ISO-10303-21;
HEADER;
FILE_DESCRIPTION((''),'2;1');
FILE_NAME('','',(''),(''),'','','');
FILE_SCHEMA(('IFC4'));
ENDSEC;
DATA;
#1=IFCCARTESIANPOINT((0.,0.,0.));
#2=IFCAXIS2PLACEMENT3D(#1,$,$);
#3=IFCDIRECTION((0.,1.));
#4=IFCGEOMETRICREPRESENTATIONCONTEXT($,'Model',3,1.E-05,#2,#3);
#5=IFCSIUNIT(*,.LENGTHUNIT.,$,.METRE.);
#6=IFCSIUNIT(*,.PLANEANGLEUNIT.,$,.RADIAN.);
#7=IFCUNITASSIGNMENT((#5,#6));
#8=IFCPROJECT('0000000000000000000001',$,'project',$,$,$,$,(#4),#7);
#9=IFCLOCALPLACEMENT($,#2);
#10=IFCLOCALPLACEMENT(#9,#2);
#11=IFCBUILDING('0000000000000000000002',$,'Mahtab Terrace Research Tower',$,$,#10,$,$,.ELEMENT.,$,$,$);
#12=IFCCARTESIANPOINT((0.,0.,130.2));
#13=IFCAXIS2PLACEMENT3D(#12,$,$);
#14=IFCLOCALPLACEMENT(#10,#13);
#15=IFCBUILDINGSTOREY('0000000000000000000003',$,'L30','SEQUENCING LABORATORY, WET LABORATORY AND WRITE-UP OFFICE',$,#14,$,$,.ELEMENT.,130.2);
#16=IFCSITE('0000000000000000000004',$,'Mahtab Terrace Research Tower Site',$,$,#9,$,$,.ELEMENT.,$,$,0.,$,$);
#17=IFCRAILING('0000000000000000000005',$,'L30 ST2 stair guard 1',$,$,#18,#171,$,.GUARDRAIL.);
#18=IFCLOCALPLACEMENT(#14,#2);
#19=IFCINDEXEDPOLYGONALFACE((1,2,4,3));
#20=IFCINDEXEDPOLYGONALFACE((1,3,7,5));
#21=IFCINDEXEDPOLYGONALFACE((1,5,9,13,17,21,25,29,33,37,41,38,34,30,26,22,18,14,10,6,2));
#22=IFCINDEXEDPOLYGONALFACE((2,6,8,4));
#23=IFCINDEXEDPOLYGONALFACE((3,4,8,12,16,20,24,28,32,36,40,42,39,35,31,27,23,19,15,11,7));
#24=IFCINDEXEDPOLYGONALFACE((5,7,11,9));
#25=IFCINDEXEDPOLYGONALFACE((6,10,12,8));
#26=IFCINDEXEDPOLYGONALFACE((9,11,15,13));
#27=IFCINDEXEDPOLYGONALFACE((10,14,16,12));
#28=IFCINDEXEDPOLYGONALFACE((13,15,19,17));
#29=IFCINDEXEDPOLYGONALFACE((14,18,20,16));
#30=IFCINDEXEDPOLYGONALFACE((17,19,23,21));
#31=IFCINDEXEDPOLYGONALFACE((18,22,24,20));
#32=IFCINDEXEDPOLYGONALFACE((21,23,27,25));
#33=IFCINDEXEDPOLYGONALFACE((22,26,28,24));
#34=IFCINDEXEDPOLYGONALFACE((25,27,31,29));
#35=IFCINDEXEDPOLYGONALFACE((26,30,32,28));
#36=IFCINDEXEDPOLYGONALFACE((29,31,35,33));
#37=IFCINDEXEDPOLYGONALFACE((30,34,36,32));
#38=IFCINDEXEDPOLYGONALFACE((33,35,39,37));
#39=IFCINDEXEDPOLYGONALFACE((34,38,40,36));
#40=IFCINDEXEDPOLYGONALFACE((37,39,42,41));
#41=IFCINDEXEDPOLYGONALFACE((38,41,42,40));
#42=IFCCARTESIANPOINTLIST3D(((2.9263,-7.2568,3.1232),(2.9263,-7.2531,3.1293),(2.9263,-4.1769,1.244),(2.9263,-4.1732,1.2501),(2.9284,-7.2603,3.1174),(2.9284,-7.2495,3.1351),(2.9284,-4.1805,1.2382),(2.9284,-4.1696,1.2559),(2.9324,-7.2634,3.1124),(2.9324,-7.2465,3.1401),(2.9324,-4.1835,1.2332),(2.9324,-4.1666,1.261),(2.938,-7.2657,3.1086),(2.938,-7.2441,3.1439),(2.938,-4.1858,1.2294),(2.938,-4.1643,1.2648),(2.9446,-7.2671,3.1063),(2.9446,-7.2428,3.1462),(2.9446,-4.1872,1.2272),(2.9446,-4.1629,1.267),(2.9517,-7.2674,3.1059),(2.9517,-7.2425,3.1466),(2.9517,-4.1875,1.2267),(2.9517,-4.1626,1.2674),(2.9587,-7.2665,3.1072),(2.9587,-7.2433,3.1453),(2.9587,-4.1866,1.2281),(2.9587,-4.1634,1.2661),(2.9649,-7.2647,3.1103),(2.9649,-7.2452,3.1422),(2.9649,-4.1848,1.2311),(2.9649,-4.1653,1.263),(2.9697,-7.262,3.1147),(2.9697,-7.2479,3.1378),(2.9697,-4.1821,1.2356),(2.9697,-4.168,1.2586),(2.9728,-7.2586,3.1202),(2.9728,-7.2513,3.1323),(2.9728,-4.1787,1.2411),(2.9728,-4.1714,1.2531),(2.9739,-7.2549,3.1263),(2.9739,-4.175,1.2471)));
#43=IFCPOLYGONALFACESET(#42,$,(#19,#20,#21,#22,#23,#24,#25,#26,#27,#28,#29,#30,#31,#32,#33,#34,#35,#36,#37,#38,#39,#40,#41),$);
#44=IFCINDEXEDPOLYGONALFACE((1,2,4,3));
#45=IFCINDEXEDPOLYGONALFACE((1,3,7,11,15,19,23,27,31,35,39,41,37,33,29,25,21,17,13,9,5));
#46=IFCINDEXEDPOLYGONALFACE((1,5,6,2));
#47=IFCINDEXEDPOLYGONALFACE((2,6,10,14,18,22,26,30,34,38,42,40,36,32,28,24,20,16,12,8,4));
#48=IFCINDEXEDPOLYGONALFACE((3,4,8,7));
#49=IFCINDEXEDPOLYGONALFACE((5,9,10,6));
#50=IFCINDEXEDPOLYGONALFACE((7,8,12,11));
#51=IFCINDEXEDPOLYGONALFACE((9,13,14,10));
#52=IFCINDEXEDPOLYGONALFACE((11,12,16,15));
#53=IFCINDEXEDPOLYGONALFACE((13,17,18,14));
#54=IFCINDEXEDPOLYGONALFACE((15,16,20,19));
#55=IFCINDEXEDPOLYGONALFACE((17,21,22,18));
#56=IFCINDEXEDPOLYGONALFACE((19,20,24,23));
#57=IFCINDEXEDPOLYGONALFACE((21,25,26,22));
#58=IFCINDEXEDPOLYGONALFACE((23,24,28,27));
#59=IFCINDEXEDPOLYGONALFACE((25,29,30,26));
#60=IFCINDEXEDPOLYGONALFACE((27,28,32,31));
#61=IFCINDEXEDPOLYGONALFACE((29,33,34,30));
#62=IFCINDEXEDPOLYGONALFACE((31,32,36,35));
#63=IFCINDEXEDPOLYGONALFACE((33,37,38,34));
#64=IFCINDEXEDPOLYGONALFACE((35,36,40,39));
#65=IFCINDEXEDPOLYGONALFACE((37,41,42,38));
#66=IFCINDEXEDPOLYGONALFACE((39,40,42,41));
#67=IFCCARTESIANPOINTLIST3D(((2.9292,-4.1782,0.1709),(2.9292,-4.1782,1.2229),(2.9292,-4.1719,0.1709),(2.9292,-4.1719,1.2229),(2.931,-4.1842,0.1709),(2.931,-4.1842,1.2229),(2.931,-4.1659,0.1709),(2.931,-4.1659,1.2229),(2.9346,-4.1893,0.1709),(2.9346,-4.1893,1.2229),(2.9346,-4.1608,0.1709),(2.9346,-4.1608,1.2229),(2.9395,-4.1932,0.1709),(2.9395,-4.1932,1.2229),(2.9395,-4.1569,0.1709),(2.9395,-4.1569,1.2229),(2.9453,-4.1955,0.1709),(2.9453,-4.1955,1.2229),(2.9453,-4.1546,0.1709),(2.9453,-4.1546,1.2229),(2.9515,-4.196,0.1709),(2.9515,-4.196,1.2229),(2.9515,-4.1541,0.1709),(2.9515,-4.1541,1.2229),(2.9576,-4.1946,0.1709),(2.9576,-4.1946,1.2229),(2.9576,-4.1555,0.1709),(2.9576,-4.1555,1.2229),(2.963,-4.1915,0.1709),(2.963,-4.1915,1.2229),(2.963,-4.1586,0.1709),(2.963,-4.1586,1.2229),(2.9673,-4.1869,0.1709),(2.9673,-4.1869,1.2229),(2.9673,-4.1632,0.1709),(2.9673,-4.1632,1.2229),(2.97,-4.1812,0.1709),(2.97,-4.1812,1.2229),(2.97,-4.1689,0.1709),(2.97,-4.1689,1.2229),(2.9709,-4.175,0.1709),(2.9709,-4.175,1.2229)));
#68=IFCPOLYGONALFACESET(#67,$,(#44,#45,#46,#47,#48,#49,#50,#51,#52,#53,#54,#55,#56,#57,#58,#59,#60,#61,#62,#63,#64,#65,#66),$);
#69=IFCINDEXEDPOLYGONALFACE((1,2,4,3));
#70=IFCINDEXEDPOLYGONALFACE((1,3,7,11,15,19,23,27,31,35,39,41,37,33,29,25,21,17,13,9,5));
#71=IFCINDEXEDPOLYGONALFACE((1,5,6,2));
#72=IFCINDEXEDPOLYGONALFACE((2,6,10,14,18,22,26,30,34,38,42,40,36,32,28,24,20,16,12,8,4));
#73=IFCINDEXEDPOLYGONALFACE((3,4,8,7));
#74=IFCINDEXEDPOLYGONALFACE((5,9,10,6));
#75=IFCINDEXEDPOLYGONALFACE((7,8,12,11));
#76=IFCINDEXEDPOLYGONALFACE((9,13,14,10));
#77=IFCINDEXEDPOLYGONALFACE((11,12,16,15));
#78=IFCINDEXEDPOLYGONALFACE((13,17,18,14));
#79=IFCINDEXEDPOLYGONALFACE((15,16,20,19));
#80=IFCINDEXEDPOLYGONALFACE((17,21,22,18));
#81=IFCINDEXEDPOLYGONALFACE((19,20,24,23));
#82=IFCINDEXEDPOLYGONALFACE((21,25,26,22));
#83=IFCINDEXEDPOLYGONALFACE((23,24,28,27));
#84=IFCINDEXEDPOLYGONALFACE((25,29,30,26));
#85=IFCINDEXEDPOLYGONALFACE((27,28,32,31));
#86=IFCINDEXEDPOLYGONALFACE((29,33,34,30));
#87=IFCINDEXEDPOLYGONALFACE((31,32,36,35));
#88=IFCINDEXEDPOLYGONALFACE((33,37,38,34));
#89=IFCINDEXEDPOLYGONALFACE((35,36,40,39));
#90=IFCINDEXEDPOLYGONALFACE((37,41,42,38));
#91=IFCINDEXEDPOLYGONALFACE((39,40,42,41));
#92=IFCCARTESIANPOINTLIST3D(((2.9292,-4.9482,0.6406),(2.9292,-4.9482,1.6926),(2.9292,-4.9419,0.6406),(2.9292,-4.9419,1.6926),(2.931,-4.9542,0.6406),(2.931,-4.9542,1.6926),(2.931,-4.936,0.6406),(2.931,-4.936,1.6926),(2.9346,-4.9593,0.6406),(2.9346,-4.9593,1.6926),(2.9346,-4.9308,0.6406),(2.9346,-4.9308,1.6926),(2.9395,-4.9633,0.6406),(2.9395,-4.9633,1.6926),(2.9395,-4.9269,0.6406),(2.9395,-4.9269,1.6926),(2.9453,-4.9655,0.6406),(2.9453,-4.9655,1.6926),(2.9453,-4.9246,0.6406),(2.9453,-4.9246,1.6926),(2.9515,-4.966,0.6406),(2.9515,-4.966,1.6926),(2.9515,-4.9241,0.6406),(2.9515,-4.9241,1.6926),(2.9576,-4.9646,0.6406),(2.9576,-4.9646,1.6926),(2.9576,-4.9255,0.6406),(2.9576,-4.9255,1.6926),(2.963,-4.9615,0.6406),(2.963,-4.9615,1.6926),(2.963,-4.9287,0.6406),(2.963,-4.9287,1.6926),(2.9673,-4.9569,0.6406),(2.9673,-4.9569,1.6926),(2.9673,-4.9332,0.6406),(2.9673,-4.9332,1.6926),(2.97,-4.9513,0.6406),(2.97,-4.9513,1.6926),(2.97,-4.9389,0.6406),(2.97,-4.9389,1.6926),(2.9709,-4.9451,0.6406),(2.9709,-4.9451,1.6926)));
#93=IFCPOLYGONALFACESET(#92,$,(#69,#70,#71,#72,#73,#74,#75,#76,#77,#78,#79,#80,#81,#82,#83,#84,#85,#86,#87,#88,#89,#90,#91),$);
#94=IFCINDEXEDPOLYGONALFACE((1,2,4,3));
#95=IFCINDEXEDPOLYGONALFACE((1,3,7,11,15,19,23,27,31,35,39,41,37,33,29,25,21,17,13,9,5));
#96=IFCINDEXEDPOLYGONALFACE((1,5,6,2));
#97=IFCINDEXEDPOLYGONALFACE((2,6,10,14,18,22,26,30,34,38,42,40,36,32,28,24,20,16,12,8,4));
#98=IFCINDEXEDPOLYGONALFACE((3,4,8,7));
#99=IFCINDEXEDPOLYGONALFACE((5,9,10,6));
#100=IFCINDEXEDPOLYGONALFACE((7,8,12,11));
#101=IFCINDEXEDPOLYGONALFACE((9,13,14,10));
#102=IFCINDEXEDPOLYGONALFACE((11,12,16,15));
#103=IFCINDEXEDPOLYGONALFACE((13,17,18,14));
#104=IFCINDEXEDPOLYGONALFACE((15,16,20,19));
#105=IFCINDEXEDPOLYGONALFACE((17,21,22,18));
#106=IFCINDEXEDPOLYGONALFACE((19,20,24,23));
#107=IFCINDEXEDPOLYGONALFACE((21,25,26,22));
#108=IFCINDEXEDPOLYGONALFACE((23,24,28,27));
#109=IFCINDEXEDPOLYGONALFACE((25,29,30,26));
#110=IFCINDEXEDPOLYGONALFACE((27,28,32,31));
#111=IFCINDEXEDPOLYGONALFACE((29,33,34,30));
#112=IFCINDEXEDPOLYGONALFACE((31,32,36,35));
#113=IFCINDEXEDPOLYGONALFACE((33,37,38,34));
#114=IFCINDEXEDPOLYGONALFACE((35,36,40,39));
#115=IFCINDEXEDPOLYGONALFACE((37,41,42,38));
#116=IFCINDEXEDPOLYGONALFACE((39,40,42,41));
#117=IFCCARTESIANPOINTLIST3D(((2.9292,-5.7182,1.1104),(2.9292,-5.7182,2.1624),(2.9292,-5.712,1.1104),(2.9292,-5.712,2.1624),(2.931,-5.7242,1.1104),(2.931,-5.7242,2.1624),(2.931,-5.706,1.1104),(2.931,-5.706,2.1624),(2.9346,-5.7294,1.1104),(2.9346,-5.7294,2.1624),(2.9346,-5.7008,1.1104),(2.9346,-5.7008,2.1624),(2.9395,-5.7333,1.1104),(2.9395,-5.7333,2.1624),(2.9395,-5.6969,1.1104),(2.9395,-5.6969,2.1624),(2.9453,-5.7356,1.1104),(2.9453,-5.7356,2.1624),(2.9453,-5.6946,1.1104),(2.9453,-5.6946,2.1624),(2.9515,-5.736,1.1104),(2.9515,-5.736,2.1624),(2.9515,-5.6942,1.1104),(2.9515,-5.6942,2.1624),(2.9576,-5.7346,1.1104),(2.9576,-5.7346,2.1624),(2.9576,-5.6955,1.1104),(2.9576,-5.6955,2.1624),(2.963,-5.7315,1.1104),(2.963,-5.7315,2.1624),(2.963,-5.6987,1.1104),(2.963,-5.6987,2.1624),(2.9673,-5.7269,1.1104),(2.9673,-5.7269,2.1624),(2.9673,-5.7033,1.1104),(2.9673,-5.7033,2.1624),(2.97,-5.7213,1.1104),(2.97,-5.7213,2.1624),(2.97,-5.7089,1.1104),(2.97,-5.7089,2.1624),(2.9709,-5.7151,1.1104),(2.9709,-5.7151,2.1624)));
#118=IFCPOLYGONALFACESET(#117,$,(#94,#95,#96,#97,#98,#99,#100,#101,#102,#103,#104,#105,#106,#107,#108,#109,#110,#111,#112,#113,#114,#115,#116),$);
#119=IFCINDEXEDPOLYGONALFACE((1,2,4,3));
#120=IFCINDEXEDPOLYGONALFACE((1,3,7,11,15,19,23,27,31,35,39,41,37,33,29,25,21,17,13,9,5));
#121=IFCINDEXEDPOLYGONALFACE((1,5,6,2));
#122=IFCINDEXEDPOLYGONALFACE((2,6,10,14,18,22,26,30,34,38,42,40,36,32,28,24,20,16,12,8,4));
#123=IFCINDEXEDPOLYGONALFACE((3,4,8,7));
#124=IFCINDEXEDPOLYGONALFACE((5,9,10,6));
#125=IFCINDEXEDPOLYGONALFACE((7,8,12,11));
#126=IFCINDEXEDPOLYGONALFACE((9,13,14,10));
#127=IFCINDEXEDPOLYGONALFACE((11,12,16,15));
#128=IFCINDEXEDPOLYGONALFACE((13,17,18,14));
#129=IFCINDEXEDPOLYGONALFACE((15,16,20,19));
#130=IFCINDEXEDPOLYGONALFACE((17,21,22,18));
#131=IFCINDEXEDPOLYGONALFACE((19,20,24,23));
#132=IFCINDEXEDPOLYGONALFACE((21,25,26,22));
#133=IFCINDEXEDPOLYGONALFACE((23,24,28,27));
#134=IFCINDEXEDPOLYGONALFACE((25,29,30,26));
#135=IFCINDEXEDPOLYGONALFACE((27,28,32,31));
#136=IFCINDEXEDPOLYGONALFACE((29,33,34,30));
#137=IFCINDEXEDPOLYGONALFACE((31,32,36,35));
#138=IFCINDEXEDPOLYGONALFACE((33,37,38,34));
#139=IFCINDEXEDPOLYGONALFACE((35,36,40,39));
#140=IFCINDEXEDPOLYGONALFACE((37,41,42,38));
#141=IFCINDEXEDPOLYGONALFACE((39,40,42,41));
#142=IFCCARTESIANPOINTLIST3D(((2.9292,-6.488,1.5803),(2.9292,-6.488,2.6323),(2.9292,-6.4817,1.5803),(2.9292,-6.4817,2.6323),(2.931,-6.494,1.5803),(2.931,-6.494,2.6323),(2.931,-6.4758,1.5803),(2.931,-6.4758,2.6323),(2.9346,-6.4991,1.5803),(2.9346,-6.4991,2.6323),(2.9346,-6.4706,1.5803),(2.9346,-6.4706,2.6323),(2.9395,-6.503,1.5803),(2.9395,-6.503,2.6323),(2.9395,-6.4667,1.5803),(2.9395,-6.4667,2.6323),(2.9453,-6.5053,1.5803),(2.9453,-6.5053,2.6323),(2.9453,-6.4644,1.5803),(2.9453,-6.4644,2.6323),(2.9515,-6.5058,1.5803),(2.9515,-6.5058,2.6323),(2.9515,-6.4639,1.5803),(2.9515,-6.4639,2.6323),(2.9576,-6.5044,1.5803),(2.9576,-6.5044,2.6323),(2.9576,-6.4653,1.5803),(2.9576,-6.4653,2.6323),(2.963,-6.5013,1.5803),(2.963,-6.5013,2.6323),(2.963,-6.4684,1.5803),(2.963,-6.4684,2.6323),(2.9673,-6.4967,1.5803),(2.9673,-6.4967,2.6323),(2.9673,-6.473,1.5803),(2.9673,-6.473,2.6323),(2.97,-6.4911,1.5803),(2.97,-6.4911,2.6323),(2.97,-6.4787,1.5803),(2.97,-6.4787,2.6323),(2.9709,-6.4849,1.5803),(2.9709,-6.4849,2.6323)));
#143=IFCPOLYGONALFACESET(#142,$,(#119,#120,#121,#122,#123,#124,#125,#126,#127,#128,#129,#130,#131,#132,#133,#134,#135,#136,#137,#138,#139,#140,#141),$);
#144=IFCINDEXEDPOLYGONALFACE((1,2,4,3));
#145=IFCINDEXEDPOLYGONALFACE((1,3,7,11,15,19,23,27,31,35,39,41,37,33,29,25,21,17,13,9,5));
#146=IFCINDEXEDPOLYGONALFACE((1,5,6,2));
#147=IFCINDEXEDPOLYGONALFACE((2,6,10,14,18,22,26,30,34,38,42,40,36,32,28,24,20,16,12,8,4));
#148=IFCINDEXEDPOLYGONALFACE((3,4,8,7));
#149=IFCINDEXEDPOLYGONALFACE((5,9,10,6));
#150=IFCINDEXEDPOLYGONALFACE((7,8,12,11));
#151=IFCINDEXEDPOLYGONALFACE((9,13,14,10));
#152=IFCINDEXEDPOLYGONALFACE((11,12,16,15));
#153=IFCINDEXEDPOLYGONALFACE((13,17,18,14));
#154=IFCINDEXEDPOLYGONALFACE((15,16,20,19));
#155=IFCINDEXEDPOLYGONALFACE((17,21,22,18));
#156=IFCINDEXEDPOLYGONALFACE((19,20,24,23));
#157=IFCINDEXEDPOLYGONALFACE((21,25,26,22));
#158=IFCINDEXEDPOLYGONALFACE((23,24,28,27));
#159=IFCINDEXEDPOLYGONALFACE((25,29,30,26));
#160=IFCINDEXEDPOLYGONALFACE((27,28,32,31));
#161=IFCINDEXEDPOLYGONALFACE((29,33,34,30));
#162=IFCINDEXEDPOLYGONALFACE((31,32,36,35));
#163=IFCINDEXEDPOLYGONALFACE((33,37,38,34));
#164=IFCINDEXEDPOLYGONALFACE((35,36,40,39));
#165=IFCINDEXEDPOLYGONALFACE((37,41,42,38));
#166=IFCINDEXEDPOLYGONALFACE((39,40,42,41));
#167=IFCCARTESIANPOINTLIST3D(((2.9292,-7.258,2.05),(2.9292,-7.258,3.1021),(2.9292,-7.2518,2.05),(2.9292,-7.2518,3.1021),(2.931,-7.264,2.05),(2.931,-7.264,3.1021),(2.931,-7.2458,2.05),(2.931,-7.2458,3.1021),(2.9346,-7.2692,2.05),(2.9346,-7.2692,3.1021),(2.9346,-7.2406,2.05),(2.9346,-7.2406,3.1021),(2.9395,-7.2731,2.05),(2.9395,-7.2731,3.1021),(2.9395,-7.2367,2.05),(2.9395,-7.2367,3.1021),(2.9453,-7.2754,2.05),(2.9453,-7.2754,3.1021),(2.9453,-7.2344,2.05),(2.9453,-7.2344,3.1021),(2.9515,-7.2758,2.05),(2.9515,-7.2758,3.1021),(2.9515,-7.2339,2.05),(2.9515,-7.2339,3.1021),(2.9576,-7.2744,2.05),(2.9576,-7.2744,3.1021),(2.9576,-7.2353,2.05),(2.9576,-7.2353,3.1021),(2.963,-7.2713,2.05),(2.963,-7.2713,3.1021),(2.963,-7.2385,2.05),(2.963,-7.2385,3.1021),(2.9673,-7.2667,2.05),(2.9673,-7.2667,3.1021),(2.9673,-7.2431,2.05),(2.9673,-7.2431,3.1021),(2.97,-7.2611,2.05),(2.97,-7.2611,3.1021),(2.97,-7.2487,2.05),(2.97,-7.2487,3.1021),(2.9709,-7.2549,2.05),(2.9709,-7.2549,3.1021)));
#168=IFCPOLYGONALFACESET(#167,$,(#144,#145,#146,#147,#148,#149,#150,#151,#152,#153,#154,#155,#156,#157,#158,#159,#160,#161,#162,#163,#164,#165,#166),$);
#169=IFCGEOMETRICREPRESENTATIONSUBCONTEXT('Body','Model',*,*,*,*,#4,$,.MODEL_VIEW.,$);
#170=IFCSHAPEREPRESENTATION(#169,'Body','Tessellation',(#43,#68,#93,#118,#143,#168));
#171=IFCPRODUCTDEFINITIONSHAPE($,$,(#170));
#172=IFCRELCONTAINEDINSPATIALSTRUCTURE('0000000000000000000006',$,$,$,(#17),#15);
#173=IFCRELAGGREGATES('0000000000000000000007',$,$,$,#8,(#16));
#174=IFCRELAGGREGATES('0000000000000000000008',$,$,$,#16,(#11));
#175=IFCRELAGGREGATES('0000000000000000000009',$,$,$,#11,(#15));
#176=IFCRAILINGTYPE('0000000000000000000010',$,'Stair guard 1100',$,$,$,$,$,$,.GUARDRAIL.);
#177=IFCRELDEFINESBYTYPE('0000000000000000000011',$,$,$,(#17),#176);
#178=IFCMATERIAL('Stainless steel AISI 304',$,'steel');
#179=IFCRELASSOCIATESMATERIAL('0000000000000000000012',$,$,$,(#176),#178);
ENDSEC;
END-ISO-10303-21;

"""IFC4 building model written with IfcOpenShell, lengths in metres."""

from ifc_helpers import new_model, si_unit, direction, frame, origin, origin_2d, place, context, subcontext, project, spatial, circle, extrude, material, type_object, element, save


model = new_model("IFC4")

# Units and contexts
model_context = context("Model", 3, precision=1e-05, world=origin(), true_north=direction((0.0, 1.0)))
body_context = subcontext(model_context, "Body", "Model", "MODEL_VIEW")
ifc_project = project(units=[si_unit("LENGTHUNIT", "METRE"), si_unit("PLANEANGLEUNIT", "RADIAN")], contexts=[model_context])

# Site, building, storey
site_placement = place(None, origin())
site = spatial("IfcSite", under=ifc_project, at=site_placement, Name="Mahtab Terrace Research Tower Site", CompositionType="ELEMENT", RefElevation=0.0)
building_placement = place(site_placement, origin())
building = spatial("IfcBuilding", under=site, at=building_placement, Name="Mahtab Terrace Research Tower", CompositionType="ELEMENT")
storey_placement = place(building_placement, frame((0.0, 0.0, 130.2)))
storey = spatial("IfcBuildingStorey", under=building, at=storey_placement, Name="L30", Description="SEQUENCING LABORATORY, WET LABORATORY AND WRITE-UP OFFICE", CompositionType="ELEMENT", Elevation=130.2)

# Railing
ifc_material_1 = material(Name="Stainless steel AISI 304", Category="steel")
railing_type_1 = type_object("IfcRailingType", Name="Stair guard 1100", PredefinedType="GUARDRAIL", material=ifc_material_1)
railing_1_placement = place(storey_placement, frame((2.95, -4.175, 0.1709)))
element("IfcRailing", 1, at=railing_1_placement, inside=storey, type_object=railing_type_1, Name="L30 ST2 stair guard 1", PredefinedType="GUARDRAIL", context=body_context, shape_type="SweptSolid", body=[
    extrude(circle(Radius=0.0239, at=origin_2d()), frame((0.0, 0.0, 1.0762), z_axis=(0.0, -0.853648, 0.52085), x_axis=(1.0, 0.0, 0.0)), (0.0, 0.0, 1.0), 3.6079),
    extrude(circle(Radius=0.021, at=origin_2d()), origin(), (0.0, 0.0, 1.0), 1.052),
    extrude(circle(Radius=0.021, at=origin_2d()), frame((0.0, -0.77, 0.4697)), (0.0, 0.0, 1.0), 1.052),
    extrude(circle(Radius=0.021, at=origin_2d()), frame((0.0, -1.54, 0.9395)), (0.0, 0.0, 1.0), 1.052),
    extrude(circle(Radius=0.021, at=origin_2d()), frame((0.0, -2.3098, 1.4094)), (0.0, 0.0, 1.0), 1.052),
    extrude(circle(Radius=0.021, at=origin_2d()), frame((0.0, -3.0798, 1.8792)), (0.0, 0.0, 1.0), 1.052),
])

save(model, "model.ifc")
